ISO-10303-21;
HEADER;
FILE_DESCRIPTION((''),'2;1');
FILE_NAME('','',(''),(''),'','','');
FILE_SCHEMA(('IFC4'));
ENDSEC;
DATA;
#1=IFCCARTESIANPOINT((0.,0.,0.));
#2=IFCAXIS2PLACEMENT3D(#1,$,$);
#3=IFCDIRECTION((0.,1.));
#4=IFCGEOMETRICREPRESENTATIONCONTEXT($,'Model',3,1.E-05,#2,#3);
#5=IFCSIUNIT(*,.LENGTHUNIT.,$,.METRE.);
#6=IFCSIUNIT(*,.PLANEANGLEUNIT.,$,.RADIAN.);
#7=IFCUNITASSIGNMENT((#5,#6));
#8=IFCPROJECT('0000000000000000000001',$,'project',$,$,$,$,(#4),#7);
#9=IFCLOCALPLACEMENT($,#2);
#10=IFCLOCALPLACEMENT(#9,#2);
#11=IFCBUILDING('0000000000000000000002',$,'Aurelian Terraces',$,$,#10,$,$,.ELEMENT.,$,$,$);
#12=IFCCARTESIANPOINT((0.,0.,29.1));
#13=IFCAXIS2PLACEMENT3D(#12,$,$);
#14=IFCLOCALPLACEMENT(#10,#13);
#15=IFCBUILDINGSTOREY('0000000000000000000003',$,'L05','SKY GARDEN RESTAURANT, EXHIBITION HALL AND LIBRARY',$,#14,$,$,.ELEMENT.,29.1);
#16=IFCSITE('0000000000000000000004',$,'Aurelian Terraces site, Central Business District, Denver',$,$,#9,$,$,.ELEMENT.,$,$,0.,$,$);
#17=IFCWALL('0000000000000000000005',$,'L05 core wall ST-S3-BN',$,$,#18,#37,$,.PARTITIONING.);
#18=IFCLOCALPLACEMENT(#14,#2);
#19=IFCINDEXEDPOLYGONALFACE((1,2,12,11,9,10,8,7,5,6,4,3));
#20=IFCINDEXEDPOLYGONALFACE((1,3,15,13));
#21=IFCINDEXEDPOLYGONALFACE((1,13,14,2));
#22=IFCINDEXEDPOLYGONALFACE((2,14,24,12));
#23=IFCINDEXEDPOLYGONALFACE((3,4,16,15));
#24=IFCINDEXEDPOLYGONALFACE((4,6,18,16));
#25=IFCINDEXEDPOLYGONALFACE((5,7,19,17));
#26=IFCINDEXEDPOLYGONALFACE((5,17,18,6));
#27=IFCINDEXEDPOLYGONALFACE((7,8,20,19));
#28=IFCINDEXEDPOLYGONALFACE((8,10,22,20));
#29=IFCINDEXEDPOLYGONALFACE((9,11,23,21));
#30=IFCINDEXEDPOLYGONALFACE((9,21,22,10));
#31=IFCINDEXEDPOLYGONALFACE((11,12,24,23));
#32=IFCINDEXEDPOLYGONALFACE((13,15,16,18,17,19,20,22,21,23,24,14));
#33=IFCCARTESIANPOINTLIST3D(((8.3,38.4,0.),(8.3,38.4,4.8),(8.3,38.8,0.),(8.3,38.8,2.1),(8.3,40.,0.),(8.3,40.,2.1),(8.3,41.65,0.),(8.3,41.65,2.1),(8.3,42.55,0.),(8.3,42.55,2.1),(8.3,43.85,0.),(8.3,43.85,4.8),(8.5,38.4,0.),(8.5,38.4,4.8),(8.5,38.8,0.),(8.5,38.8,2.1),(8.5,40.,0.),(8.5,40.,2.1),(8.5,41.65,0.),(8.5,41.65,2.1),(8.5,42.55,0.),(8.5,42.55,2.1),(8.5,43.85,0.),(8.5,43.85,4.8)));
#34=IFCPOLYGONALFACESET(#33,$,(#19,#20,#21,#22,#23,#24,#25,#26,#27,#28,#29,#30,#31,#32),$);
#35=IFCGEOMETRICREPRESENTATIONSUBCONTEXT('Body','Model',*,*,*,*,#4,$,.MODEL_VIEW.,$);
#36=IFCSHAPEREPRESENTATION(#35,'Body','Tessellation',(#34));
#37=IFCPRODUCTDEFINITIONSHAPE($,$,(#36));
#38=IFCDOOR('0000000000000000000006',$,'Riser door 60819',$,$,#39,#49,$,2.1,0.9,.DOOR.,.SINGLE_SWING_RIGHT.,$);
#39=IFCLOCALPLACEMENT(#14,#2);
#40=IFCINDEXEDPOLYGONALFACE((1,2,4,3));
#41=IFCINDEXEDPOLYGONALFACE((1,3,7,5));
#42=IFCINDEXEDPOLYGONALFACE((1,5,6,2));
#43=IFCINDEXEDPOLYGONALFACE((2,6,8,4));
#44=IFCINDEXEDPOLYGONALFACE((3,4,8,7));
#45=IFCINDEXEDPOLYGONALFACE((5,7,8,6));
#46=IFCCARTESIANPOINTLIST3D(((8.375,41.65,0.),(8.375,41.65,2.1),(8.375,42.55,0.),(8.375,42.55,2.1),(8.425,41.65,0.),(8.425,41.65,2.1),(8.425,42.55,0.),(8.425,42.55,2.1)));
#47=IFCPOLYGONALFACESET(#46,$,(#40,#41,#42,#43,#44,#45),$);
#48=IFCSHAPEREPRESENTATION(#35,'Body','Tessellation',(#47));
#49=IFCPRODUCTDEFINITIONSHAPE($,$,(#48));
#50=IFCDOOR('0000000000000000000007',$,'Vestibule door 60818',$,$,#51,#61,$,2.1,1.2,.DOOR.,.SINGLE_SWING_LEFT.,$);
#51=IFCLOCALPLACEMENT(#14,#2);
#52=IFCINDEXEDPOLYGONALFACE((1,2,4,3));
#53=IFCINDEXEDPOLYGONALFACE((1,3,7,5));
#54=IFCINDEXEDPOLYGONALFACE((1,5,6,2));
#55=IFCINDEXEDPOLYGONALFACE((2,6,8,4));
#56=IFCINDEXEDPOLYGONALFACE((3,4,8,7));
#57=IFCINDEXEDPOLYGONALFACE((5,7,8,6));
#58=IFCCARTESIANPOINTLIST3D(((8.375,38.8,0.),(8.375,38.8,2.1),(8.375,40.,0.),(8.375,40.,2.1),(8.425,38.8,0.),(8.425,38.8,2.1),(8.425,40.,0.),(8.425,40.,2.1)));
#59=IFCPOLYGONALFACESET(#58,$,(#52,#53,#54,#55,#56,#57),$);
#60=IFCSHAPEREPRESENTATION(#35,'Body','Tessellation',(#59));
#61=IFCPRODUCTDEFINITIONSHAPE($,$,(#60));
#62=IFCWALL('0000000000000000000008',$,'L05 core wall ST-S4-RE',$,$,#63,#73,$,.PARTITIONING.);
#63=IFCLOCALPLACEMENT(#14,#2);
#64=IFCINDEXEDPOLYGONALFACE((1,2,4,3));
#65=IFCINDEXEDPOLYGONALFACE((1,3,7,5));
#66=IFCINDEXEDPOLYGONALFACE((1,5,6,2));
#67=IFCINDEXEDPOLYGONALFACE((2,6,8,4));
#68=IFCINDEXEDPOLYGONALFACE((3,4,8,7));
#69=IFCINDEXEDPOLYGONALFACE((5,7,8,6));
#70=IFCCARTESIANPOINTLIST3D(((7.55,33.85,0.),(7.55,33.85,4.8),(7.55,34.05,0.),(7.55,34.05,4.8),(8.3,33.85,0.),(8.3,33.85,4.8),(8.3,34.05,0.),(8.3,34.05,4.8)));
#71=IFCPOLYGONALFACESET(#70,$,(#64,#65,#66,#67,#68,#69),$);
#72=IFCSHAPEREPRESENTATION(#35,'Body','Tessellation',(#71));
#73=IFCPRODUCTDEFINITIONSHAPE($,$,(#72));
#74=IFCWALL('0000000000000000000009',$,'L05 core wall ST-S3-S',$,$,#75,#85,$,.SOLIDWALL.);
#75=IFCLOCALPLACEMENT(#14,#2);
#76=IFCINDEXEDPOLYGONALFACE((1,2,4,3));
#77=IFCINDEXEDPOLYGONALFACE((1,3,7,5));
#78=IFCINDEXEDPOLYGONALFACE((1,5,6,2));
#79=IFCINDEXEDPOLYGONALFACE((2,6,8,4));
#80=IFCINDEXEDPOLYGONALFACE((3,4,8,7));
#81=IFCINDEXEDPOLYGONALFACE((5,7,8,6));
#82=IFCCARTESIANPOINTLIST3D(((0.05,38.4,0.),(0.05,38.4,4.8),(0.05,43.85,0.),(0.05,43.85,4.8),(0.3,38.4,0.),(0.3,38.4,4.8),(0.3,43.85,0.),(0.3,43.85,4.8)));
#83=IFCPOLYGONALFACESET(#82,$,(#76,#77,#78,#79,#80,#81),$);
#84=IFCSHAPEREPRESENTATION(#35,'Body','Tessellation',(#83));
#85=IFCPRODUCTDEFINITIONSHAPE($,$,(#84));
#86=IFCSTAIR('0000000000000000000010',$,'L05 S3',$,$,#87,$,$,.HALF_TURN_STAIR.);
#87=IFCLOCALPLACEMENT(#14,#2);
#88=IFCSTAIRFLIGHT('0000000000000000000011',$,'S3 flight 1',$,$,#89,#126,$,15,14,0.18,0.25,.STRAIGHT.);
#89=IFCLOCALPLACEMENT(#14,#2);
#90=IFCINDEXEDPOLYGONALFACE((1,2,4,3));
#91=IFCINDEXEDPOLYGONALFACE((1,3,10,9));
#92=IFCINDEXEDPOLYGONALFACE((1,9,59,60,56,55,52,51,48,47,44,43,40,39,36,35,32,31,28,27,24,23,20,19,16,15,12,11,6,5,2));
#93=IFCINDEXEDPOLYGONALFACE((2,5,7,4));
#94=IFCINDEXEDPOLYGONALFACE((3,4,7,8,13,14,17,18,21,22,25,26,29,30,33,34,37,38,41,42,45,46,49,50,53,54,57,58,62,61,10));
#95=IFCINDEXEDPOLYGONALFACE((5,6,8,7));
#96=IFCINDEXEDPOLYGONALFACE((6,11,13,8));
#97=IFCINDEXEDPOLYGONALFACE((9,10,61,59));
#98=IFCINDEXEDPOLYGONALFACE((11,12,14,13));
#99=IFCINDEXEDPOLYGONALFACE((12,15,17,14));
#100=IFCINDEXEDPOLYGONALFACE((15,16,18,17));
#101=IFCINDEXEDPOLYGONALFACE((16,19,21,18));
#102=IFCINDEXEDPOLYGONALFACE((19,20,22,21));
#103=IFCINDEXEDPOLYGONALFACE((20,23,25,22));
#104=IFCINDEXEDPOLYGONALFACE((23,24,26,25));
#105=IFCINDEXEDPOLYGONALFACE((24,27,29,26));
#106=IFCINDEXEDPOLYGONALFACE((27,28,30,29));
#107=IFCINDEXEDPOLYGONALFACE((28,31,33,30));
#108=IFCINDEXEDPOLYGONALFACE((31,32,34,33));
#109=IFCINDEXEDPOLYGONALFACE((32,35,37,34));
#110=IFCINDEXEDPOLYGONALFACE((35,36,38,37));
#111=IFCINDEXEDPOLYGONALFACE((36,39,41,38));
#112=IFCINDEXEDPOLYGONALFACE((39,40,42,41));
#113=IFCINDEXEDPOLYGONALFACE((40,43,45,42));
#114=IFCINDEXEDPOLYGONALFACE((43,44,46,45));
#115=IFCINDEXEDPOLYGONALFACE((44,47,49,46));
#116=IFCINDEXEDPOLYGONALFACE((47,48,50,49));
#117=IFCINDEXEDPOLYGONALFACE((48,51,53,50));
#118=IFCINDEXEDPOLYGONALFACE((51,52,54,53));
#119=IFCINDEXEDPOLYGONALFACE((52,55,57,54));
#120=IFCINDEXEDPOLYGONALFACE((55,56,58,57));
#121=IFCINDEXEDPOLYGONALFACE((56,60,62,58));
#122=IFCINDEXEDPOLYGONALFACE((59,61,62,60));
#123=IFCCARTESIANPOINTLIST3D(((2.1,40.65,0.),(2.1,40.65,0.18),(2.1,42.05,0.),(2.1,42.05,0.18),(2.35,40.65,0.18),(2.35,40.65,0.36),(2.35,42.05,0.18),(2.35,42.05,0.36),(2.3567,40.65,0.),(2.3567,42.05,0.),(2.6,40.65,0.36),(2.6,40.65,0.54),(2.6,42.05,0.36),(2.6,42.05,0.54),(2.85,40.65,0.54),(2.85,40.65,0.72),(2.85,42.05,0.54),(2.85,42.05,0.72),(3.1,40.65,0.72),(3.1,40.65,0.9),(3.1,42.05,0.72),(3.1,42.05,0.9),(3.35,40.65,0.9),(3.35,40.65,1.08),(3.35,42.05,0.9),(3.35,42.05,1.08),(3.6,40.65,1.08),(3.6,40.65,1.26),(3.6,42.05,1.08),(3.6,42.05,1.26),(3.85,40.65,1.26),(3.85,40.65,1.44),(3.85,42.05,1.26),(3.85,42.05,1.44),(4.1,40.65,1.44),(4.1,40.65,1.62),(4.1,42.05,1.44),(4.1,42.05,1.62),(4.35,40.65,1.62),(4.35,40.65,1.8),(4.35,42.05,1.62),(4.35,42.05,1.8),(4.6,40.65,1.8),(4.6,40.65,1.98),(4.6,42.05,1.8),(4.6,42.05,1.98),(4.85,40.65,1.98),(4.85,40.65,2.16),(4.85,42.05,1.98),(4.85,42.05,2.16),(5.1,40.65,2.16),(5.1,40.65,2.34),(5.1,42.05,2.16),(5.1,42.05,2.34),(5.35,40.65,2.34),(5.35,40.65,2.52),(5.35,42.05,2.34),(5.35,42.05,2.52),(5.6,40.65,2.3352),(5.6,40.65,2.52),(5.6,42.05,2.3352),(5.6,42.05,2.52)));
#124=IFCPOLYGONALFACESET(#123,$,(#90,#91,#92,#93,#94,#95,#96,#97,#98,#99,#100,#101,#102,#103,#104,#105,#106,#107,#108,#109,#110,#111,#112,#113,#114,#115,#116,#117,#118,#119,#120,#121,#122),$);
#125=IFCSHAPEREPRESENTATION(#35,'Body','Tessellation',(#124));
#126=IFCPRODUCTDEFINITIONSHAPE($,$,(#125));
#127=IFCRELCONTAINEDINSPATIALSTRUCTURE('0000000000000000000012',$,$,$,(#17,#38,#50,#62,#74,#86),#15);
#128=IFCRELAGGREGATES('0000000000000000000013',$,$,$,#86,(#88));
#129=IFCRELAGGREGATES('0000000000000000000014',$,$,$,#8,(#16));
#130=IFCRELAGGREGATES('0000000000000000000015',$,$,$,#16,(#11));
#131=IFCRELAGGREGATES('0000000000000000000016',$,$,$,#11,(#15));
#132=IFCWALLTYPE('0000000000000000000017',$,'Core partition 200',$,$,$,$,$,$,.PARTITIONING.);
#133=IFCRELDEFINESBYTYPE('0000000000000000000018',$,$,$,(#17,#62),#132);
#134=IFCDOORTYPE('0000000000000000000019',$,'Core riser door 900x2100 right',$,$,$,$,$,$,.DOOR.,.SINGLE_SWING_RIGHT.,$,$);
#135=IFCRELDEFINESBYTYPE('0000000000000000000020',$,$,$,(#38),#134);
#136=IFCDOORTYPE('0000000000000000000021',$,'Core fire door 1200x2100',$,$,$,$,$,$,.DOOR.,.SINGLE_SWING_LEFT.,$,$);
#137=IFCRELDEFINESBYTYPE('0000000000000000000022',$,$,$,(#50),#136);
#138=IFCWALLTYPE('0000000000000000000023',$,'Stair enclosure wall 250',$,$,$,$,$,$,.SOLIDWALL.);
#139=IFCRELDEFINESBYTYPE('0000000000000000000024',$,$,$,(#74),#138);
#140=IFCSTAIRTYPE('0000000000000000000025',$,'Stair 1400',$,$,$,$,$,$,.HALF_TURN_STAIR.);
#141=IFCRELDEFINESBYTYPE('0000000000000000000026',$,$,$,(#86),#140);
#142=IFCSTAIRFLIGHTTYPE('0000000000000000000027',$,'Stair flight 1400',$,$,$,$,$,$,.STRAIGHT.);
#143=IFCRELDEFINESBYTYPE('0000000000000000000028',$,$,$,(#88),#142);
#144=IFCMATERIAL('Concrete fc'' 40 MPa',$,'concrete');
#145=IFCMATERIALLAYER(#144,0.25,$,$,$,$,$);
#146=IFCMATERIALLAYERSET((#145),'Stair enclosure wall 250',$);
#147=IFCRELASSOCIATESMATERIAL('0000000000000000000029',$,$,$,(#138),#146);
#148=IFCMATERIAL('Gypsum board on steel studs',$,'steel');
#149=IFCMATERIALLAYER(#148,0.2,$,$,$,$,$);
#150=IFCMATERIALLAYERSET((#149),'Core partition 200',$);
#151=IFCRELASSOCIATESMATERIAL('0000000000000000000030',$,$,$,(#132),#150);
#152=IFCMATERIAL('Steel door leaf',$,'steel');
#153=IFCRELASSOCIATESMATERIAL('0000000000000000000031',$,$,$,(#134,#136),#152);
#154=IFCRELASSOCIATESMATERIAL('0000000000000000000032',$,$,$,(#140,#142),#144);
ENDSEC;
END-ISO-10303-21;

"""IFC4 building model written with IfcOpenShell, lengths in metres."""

from ifc_helpers import new_model, si_unit, direction, frame, frame_2d, origin, place, context, subcontext, project, spatial, polyline, rectangle, outline, extrude, source, transform, mapped, material, layer, layer_set, type_object, element, fill, aggregate, save


model = new_model("IFC4")

# Units and contexts
model_context = context("Model", 3, precision=1e-05, world=origin(), true_north=direction((0.0, 1.0)))
body_context = subcontext(model_context, "Body", "Model", "MODEL_VIEW")
ifc_project = project(units=[si_unit("LENGTHUNIT", "METRE"), si_unit("PLANEANGLEUNIT", "RADIAN")], contexts=[model_context])

# Site, building, storey
site_placement = place(None, origin())
site = spatial("IfcSite", under=ifc_project, at=site_placement, Name="Aurelian Terraces site, Central Business District, Denver", CompositionType="ELEMENT", RefElevation=0.0)
building_placement = place(site_placement, origin())
building = spatial("IfcBuilding", under=site, at=building_placement, Name="Aurelian Terraces", CompositionType="ELEMENT")
storey_placement = place(building_placement, frame((0.0, 0.0, 29.1)))
storey = spatial("IfcBuildingStorey", under=building, at=storey_placement, Name="L05", Description="SKY GARDEN RESTAURANT, EXHIBITION HALL AND LIBRARY", CompositionType="ELEMENT", Elevation=29.1)

# Shared definitions
ifc_material_1 = material(Name="Concrete fc' 40 MPa", Category="concrete")
ifc_layer_1 = layer(ifc_material_1, 0.25)
ifc_layer_set_1 = layer_set([ifc_layer_1], Name="Stair enclosure wall 250")
wall_type_1 = type_object("IfcWallType", Name="Stair enclosure wall 250", PredefinedType="SOLIDWALL", material=ifc_layer_set_1)
ifc_material_2 = material(Name="Steel door leaf", Category="steel")

# Shared definitions
ifc_material_3 = material(Name="Gypsum board on steel studs", Category="steel")
ifc_layer_2 = layer(ifc_material_3, 0.2)
ifc_layer_set_2 = layer_set([ifc_layer_2], Name="Core partition 200")
wall_type_2 = type_object("IfcWallType", Name="Core partition 200", PredefinedType="PARTITIONING", material=ifc_layer_set_2)

# Wall, openings, doors
shared_shape_1 = source(origin(), body_context, "Body", "SweptSolid", [
    extrude(rectangle(XDim=5.45, YDim=0.2, at=frame_2d((2.725, 0.0))), origin(), (0.0, 0.0, 1.0), 4.8),
])
wall_1_placement = place(storey_placement, frame((8.4, 38.4, 0.0), z_axis=(0.0, 0.0, 1.0), x_axis=(0.0, 1.0, 0.0)))
wall_1 = element("IfcWall", 1, at=wall_1_placement, inside=storey, type_object=wall_type_2, Name="L05 core wall ST-S3-BN", PredefinedType="PARTITIONING", context=body_context, shape_type="MappedRepresentation", body=[
    mapped(shared_shape_1, transform((0.0, 0.0, 0.0), scale=1.0)),
])
shared_shape_2 = source(origin(), body_context, "Body", "SweptSolid", [
    extrude(rectangle(XDim=1.2, YDim=2.1, at=frame_2d((0.6, 1.05))), frame((0.0, 0.11, 0.0), z_axis=(0.0, -1.0, 0.0), x_axis=(1.0, 0.0, 0.0)), (0.0, 0.0, 1.0), 0.22),
])
opening_1_placement = place(wall_1_placement, frame((0.4, 0.0, 0.0)))
opening_1 = element("IfcOpeningElement", 2, at=opening_1_placement, cuts=wall_1, PredefinedType="OPENING", context=body_context, shape_type="MappedRepresentation", body=[
    mapped(shared_shape_2, transform((0.0, 0.0, 0.0), scale=1.0)),
])
shared_shape_3 = source(origin(), body_context, "Body", "SweptSolid", [
    extrude(rectangle(XDim=0.9, YDim=2.1, at=frame_2d((0.45, 1.05))), frame((0.0, 0.11, 0.0), z_axis=(0.0, -1.0, 0.0), x_axis=(1.0, 0.0, 0.0)), (0.0, 0.0, 1.0), 0.22),
])
opening_2_placement = place(wall_1_placement, frame((3.25, 0.0, 0.0)))
opening_2 = element("IfcOpeningElement", 3, at=opening_2_placement, cuts=wall_1, PredefinedType="OPENING", context=body_context, shape_type="MappedRepresentation", body=[
    mapped(shared_shape_3, transform((0.0, 0.0, 0.0), scale=1.0)),
])
door_type_1 = type_object("IfcDoorType", Name="Core riser door 900x2100 right", OperationType="SINGLE_SWING_RIGHT", PredefinedType="DOOR", material=ifc_material_2)
shared_shape_4 = source(origin(), body_context, "Body", "SweptSolid", [
    extrude(rectangle(XDim=0.9, YDim=2.1, at=frame_2d((0.45, 1.05))), frame((0.0, 0.025, 0.0), z_axis=(0.0, -1.0, 0.0), x_axis=(1.0, 0.0, 0.0)), (0.0, 0.0, 1.0), 0.05),
])
door_1_placement = place(opening_2_placement, origin())
door_1 = element("IfcDoor", 4, at=door_1_placement, inside=storey, type_object=door_type_1, Name="Riser door 60819", OperationType="SINGLE_SWING_RIGHT", OverallHeight=2.1, OverallWidth=0.9, PredefinedType="DOOR", context=body_context, shape_type="MappedRepresentation", body=[
    mapped(shared_shape_4, transform((0.0, 0.0, 0.0), scale=1.0)),
])
fill(opening_2, door_1)
door_type_2 = type_object("IfcDoorType", Name="Core fire door 1200x2100", OperationType="SINGLE_SWING_LEFT", PredefinedType="DOOR", material=ifc_material_2)
shared_shape_5 = source(origin(), body_context, "Body", "SweptSolid", [
    extrude(rectangle(XDim=1.2, YDim=2.1, at=frame_2d((0.6, 1.05))), frame((0.0, 0.025, 0.0), z_axis=(0.0, -1.0, 0.0), x_axis=(1.0, 0.0, 0.0)), (0.0, 0.0, 1.0), 0.05),
])
door_2_placement = place(opening_1_placement, origin())
door_2 = element("IfcDoor", 5, at=door_2_placement, inside=storey, type_object=door_type_2, Name="Vestibule door 60818", OperationType="SINGLE_SWING_LEFT", OverallHeight=2.1, OverallWidth=1.2, PredefinedType="DOOR", context=body_context, shape_type="MappedRepresentation", body=[
    mapped(shared_shape_5, transform((0.0, 0.0, 0.0), scale=1.0)),
])
fill(opening_1, door_2)

# Walls
shared_shape_6 = source(origin(), body_context, "Body", "SweptSolid", [
    extrude(rectangle(XDim=0.75, YDim=0.2, at=frame_2d((0.375, 0.0))), origin(), (0.0, 0.0, 1.0), 4.8),
])
wall_2_placement = place(storey_placement, frame((7.55, 33.95, 0.0), z_axis=(0.0, 0.0, 1.0), x_axis=(1.0, 0.0, 0.0)))
element("IfcWall", 6, at=wall_2_placement, inside=storey, type_object=wall_type_2, Name="L05 core wall ST-S4-RE", PredefinedType="PARTITIONING", context=body_context, shape_type="MappedRepresentation", body=[
    mapped(shared_shape_6, transform((0.0, 0.0, 0.0), scale=1.0)),
])
shared_shape_7 = source(origin(), body_context, "Body", "SweptSolid", [
    extrude(rectangle(XDim=5.45, YDim=0.25, at=frame_2d((2.725, 0.0))), origin(), (0.0, 0.0, 1.0), 4.8),
])
wall_3_placement = place(storey_placement, frame((0.175, 38.4, 0.0), z_axis=(0.0, 0.0, 1.0), x_axis=(0.0, 1.0, 0.0)))
element("IfcWall", 7, at=wall_3_placement, inside=storey, type_object=wall_type_1, Name="L05 core wall ST-S3-S", PredefinedType="SOLIDWALL", context=body_context, shape_type="MappedRepresentation", body=[
    mapped(shared_shape_7, transform((0.0, 0.0, 0.0), scale=1.0)),
])

# Stair, stair flight
stair_type = type_object("IfcStairType", Name="Stair 1400", PredefinedType="HALF_TURN_STAIR", material=ifc_material_1)
stair_placement = place(storey_placement, origin())
stair = element("IfcStair", 8, at=stair_placement, inside=storey, type_object=stair_type, Name="L05 S3", PredefinedType="HALF_TURN_STAIR")
stair_flight_type = type_object("IfcStairFlightType", Name="Stair flight 1400", PredefinedType="STRAIGHT", material=ifc_material_1)
shared_shape_8 = source(origin(), body_context, "Body", "SweptSolid", [
    extrude(outline(polyline([(0.0, 0.0), (0.0, 0.18), (0.25, 0.18), (0.25, 0.36), (0.5, 0.36), (0.5, 0.54), (0.75, 0.54), (0.75, 0.72), (1.0, 0.72), (1.0, 0.9), (1.25, 0.9), (1.25, 1.08), (1.5, 1.08), (1.5, 1.26), (1.75, 1.26), (1.75, 1.44), (2.0, 1.44), (2.0, 1.62), (2.25, 1.62), (2.25, 1.8), (2.5, 1.8), (2.5, 1.98), (2.75, 1.98), (2.75, 2.16), (3.0, 2.16), (3.0, 2.34), (3.25, 2.34), (3.25, 2.52), (3.5, 2.52), (3.5, 2.7), (3.5, 2.3352), (0.2567, 0.0), (0.0, 0.0)])), frame((0.0, 0.7, 0.0), z_axis=(0.0, -1.0, 0.0), x_axis=(1.0, 0.0, 0.0)), (0.0, 0.0, 1.0), 1.4),
])
stair_flight_placement = place(storey_placement, frame((2.1, 41.35, 0.0), z_axis=(0.0, 0.0, 1.0), x_axis=(1.0, 0.0, 0.0)))
stair_flight = element("IfcStairFlight", 9, at=stair_flight_placement, type_object=stair_flight_type, Name="S3 flight 1", NumberOfRisers=15, NumberOfTreads=14, PredefinedType="STRAIGHT", RiserHeight=0.18, TreadLength=0.25, context=body_context, shape_type="MappedRepresentation", body=[
    mapped(shared_shape_8, transform((0.0, 0.0, 0.0), scale=1.0)),
])
aggregate(stair, [stair_flight])

save(model, "model.ifc")
